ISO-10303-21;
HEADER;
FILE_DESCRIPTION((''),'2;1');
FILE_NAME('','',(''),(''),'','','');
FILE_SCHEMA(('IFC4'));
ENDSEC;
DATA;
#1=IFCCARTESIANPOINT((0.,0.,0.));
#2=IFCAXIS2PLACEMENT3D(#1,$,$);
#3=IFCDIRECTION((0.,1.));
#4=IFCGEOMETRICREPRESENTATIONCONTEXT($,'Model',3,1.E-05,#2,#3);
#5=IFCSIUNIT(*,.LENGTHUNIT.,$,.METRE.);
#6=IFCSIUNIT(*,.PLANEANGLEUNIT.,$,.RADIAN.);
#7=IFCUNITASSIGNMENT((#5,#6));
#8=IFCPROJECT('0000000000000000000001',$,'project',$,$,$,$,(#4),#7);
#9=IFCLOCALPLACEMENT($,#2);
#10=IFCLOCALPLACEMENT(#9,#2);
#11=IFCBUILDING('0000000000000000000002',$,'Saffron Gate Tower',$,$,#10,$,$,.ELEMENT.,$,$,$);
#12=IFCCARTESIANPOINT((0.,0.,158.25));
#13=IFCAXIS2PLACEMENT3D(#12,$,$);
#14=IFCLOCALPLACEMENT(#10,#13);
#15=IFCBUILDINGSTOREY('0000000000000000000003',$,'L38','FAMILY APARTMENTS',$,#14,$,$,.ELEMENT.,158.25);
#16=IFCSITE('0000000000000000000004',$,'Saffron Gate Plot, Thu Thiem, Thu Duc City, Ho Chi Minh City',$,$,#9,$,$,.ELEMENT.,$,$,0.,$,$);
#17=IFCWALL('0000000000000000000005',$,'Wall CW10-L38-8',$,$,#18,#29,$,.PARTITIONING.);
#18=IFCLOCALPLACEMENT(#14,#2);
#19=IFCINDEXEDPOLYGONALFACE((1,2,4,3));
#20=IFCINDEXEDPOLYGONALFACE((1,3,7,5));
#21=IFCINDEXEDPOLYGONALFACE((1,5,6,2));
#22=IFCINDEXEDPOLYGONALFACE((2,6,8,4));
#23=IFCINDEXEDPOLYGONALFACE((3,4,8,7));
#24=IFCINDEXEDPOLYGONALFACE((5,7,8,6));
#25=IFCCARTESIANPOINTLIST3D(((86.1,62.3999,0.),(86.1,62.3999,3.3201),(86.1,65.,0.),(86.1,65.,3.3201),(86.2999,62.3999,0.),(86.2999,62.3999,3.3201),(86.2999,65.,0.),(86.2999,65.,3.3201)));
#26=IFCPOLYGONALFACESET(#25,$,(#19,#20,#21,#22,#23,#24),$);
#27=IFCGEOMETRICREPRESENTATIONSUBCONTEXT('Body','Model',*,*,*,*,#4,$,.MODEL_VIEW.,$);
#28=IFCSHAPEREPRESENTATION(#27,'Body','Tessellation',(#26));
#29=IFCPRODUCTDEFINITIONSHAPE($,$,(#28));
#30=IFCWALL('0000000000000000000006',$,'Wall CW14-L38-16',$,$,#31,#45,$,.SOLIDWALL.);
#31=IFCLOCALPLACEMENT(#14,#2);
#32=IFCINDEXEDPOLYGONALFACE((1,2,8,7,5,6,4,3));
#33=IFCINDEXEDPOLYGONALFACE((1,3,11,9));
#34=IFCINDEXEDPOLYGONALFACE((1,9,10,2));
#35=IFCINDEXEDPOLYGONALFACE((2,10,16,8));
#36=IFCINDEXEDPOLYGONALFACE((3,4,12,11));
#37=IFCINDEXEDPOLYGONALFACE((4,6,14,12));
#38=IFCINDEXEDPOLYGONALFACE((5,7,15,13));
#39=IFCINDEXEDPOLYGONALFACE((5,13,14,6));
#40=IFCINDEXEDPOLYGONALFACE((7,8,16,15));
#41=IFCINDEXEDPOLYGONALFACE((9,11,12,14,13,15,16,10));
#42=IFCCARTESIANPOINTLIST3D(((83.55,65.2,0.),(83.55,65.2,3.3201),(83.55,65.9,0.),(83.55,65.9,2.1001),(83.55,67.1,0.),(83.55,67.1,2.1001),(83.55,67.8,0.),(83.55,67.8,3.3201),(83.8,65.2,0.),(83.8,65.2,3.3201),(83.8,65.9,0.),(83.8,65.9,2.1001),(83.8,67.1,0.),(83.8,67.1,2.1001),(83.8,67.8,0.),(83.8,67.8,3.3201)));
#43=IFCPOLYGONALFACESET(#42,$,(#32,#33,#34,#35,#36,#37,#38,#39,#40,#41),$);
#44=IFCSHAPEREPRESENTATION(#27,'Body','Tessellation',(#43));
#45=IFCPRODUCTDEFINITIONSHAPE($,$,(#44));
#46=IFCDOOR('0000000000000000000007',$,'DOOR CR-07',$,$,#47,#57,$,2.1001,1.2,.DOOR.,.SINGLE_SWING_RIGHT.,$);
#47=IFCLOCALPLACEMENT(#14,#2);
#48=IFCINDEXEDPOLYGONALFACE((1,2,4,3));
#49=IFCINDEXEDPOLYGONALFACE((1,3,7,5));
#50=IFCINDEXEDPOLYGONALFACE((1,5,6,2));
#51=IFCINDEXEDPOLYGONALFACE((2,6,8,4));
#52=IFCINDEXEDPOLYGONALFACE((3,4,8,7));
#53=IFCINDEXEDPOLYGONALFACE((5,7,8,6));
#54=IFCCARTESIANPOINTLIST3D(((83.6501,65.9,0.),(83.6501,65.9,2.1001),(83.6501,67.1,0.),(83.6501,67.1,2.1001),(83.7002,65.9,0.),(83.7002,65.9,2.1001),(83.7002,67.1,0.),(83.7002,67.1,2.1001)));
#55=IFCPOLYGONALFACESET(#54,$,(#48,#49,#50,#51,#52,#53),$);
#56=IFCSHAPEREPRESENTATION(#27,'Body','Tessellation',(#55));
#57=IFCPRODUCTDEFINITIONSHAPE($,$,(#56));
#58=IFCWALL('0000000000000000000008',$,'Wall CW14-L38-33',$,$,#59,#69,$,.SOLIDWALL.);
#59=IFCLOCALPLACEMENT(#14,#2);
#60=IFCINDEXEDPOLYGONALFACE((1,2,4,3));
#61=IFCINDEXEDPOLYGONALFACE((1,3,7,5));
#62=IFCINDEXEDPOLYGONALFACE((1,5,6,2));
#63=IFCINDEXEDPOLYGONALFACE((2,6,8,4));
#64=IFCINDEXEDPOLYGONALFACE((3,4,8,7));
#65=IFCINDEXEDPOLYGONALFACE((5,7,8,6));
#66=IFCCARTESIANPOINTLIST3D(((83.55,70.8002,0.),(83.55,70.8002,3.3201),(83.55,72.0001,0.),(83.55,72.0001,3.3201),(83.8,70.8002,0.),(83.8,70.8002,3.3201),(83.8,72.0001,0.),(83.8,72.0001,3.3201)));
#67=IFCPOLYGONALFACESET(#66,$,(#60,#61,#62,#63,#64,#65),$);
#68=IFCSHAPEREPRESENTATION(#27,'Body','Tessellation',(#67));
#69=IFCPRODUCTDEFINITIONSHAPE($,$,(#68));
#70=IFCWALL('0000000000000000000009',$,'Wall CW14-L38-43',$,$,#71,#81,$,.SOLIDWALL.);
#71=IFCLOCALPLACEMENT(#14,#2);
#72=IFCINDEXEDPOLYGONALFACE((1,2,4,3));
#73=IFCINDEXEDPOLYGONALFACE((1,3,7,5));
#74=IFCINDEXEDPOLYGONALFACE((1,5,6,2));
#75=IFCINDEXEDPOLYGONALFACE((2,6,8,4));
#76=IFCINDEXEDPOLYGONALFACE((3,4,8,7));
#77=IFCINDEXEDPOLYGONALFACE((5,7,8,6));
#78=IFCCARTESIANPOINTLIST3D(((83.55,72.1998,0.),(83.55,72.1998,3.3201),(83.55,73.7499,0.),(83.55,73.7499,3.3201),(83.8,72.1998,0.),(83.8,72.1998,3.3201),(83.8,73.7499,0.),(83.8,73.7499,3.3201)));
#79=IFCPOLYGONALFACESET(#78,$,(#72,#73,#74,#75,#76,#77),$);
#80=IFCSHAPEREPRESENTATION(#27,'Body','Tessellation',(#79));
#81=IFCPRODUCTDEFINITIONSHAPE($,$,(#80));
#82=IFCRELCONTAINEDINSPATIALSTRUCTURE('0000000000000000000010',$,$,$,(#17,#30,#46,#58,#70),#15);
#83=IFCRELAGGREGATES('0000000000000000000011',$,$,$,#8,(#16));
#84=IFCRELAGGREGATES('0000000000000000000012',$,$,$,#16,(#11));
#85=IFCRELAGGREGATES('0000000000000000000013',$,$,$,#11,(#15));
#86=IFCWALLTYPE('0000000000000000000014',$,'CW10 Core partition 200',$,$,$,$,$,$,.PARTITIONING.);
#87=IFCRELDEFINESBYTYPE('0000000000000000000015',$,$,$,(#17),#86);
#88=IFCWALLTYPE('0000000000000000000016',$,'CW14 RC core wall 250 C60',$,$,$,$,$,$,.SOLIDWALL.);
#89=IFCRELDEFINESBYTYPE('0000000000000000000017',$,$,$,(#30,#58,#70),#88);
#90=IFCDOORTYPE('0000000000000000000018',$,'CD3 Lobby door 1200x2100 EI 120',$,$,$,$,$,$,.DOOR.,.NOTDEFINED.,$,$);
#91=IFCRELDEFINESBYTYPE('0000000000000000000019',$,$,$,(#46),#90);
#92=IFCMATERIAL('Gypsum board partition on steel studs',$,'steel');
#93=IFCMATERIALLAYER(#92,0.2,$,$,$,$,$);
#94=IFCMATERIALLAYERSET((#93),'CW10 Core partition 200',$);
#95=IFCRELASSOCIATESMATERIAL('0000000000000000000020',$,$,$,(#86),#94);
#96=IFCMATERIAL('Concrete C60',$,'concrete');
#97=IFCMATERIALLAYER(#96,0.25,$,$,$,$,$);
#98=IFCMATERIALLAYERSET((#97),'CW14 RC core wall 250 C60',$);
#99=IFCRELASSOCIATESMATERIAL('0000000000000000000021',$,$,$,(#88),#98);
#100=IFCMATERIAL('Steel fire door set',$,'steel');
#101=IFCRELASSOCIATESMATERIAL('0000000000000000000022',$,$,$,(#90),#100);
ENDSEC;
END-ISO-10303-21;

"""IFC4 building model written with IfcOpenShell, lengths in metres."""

from ifc_helpers import new_model, si_unit, direction, frame, frame_2d, origin, place, context, subcontext, project, spatial, rectangle, extrude, material, layer, layer_set, type_object, element, fill, save


model = new_model("IFC4")

# Units and contexts
model_context = context("Model", 3, precision=1e-05, world=origin(), true_north=direction((0.0, 1.0)))
body_context = subcontext(model_context, "Body", "Model", "MODEL_VIEW")
ifc_project = project(units=[si_unit("LENGTHUNIT", "METRE"), si_unit("PLANEANGLEUNIT", "RADIAN")], contexts=[model_context])

# Site, building, storey
site_placement = place(None, origin())
site = spatial("IfcSite", under=ifc_project, at=site_placement, Name="Saffron Gate Plot, Thu Thiem, Thu Duc City, Ho Chi Minh City", CompositionType="ELEMENT", RefElevation=0.0)
building_placement = place(site_placement, origin())
building = spatial("IfcBuilding", under=site, at=building_placement, Name="Saffron Gate Tower", CompositionType="ELEMENT")
storey_placement = place(building_placement, frame((0.0, 0.0, 158.25)))
storey = spatial("IfcBuildingStorey", under=building, at=storey_placement, Name="L38", Description="FAMILY APARTMENTS", CompositionType="ELEMENT", Elevation=158.25)

# Wall
ifc_material_1 = material(Name="Gypsum board partition on steel studs", Category="steel")
ifc_layer_1 = layer(ifc_material_1, 0.2)
ifc_layer_set_1 = layer_set([ifc_layer_1], Name="CW10 Core partition 200")
wall_type_1 = type_object("IfcWallType", Name="CW10 Core partition 200", PredefinedType="PARTITIONING", material=ifc_layer_set_1)
wall_1_placement = place(storey_placement, frame((86.2, 62.3999, 0.0), z_axis=(0.0, 0.0, 1.0), x_axis=(0.0, 1.0, 0.0)))
element("IfcWall", 1, at=wall_1_placement, inside=storey, type_object=wall_type_1, Name="Wall CW10-L38-8", PredefinedType="PARTITIONING", context=body_context, shape_type="SweptSolid", body=[
    extrude(rectangle(XDim=2.6001, YDim=0.2, at=frame_2d((1.3, 0.0))), origin(), (0.0, 0.0, 1.0), 3.3201),
])

# Wall, opening, door
ifc_material_2 = material(Name="Concrete C60", Category="concrete")
ifc_layer_2 = layer(ifc_material_2, 0.25)
ifc_layer_set_2 = layer_set([ifc_layer_2], Name="CW14 RC core wall 250 C60")
wall_type_2 = type_object("IfcWallType", Name="CW14 RC core wall 250 C60", PredefinedType="SOLIDWALL", material=ifc_layer_set_2)
wall_2_placement = place(storey_placement, frame((83.675, 65.2, 0.0), z_axis=(0.0, 0.0, 1.0), x_axis=(0.0, 1.0, 0.0)))
wall_2 = element("IfcWall", 2, at=wall_2_placement, inside=storey, type_object=wall_type_2, Name="Wall CW14-L38-16", PredefinedType="SOLIDWALL", context=body_context, shape_type="SweptSolid", body=[
    extrude(rectangle(XDim=2.6001, YDim=0.25, at=frame_2d((1.3, 0.0))), origin(), (0.0, 0.0, 1.0), 3.3201),
])
opening_1_placement = place(wall_2_placement, frame((0.7, 0.0, 0.0)))
opening_1 = element("IfcOpeningElement", 3, at=opening_1_placement, cuts=wall_2, PredefinedType="OPENING", context=body_context, shape_type="SweptSolid", body=[
    extrude(rectangle(XDim=1.2, YDim=2.1001, at=frame_2d((0.6001, 1.05))), frame((0.0, 0.135, 0.0), z_axis=(0.0, -1.0, 0.0), x_axis=(1.0, 0.0, 0.0)), (0.0, 0.0, 1.0), 0.27),
])
ifc_material_3 = material(Name="Steel fire door set", Category="steel")
door_type_1 = type_object("IfcDoorType", Name="CD3 Lobby door 1200x2100 EI 120", OperationType="NOTDEFINED", PredefinedType="DOOR", material=ifc_material_3)
door_1_placement = place(opening_1_placement, origin())
door_1 = element("IfcDoor", 4, at=door_1_placement, inside=storey, type_object=door_type_1, Name="DOOR CR-07", OperationType="SINGLE_SWING_RIGHT", OverallHeight=2.1001, OverallWidth=1.2, PredefinedType="DOOR", context=body_context, shape_type="SweptSolid", body=[
    extrude(rectangle(XDim=1.2, YDim=2.1001, at=frame_2d((0.6001, 1.05))), frame((0.0, 0.0249, 0.0), z_axis=(0.0, -1.0, 0.0), x_axis=(1.0, 0.0, 0.0)), (0.0, 0.0, 1.0), 0.05),
])
fill(opening_1, door_1)

# Walls
wall_3_placement = place(storey_placement, frame((83.675, 70.8, 0.0), z_axis=(0.0, 0.0, 1.0), x_axis=(0.0, 1.0, 0.0)))
element("IfcWall", 5, at=wall_3_placement, inside=storey, type_object=wall_type_2, Name="Wall CW14-L38-33", PredefinedType="SOLIDWALL", context=body_context, shape_type="SweptSolid", body=[
    extrude(rectangle(XDim=1.2, YDim=0.25, at=frame_2d((0.6001, 0.0))), origin(), (0.0, 0.0, 1.0), 3.3201),
])
wall_4_placement = place(storey_placement, frame((83.675, 72.2, 0.0), z_axis=(0.0, 0.0, 1.0), x_axis=(0.0, 1.0, 0.0)))
element("IfcWall", 6, at=wall_4_placement, inside=storey, type_object=wall_type_2, Name="Wall CW14-L38-43", PredefinedType="SOLIDWALL", context=body_context, shape_type="SweptSolid", body=[
    extrude(rectangle(XDim=1.55, YDim=0.25, at=frame_2d((0.7749, 0.0))), origin(), (0.0, 0.0, 1.0), 3.3201),
])

save(model, "model.ifc")
